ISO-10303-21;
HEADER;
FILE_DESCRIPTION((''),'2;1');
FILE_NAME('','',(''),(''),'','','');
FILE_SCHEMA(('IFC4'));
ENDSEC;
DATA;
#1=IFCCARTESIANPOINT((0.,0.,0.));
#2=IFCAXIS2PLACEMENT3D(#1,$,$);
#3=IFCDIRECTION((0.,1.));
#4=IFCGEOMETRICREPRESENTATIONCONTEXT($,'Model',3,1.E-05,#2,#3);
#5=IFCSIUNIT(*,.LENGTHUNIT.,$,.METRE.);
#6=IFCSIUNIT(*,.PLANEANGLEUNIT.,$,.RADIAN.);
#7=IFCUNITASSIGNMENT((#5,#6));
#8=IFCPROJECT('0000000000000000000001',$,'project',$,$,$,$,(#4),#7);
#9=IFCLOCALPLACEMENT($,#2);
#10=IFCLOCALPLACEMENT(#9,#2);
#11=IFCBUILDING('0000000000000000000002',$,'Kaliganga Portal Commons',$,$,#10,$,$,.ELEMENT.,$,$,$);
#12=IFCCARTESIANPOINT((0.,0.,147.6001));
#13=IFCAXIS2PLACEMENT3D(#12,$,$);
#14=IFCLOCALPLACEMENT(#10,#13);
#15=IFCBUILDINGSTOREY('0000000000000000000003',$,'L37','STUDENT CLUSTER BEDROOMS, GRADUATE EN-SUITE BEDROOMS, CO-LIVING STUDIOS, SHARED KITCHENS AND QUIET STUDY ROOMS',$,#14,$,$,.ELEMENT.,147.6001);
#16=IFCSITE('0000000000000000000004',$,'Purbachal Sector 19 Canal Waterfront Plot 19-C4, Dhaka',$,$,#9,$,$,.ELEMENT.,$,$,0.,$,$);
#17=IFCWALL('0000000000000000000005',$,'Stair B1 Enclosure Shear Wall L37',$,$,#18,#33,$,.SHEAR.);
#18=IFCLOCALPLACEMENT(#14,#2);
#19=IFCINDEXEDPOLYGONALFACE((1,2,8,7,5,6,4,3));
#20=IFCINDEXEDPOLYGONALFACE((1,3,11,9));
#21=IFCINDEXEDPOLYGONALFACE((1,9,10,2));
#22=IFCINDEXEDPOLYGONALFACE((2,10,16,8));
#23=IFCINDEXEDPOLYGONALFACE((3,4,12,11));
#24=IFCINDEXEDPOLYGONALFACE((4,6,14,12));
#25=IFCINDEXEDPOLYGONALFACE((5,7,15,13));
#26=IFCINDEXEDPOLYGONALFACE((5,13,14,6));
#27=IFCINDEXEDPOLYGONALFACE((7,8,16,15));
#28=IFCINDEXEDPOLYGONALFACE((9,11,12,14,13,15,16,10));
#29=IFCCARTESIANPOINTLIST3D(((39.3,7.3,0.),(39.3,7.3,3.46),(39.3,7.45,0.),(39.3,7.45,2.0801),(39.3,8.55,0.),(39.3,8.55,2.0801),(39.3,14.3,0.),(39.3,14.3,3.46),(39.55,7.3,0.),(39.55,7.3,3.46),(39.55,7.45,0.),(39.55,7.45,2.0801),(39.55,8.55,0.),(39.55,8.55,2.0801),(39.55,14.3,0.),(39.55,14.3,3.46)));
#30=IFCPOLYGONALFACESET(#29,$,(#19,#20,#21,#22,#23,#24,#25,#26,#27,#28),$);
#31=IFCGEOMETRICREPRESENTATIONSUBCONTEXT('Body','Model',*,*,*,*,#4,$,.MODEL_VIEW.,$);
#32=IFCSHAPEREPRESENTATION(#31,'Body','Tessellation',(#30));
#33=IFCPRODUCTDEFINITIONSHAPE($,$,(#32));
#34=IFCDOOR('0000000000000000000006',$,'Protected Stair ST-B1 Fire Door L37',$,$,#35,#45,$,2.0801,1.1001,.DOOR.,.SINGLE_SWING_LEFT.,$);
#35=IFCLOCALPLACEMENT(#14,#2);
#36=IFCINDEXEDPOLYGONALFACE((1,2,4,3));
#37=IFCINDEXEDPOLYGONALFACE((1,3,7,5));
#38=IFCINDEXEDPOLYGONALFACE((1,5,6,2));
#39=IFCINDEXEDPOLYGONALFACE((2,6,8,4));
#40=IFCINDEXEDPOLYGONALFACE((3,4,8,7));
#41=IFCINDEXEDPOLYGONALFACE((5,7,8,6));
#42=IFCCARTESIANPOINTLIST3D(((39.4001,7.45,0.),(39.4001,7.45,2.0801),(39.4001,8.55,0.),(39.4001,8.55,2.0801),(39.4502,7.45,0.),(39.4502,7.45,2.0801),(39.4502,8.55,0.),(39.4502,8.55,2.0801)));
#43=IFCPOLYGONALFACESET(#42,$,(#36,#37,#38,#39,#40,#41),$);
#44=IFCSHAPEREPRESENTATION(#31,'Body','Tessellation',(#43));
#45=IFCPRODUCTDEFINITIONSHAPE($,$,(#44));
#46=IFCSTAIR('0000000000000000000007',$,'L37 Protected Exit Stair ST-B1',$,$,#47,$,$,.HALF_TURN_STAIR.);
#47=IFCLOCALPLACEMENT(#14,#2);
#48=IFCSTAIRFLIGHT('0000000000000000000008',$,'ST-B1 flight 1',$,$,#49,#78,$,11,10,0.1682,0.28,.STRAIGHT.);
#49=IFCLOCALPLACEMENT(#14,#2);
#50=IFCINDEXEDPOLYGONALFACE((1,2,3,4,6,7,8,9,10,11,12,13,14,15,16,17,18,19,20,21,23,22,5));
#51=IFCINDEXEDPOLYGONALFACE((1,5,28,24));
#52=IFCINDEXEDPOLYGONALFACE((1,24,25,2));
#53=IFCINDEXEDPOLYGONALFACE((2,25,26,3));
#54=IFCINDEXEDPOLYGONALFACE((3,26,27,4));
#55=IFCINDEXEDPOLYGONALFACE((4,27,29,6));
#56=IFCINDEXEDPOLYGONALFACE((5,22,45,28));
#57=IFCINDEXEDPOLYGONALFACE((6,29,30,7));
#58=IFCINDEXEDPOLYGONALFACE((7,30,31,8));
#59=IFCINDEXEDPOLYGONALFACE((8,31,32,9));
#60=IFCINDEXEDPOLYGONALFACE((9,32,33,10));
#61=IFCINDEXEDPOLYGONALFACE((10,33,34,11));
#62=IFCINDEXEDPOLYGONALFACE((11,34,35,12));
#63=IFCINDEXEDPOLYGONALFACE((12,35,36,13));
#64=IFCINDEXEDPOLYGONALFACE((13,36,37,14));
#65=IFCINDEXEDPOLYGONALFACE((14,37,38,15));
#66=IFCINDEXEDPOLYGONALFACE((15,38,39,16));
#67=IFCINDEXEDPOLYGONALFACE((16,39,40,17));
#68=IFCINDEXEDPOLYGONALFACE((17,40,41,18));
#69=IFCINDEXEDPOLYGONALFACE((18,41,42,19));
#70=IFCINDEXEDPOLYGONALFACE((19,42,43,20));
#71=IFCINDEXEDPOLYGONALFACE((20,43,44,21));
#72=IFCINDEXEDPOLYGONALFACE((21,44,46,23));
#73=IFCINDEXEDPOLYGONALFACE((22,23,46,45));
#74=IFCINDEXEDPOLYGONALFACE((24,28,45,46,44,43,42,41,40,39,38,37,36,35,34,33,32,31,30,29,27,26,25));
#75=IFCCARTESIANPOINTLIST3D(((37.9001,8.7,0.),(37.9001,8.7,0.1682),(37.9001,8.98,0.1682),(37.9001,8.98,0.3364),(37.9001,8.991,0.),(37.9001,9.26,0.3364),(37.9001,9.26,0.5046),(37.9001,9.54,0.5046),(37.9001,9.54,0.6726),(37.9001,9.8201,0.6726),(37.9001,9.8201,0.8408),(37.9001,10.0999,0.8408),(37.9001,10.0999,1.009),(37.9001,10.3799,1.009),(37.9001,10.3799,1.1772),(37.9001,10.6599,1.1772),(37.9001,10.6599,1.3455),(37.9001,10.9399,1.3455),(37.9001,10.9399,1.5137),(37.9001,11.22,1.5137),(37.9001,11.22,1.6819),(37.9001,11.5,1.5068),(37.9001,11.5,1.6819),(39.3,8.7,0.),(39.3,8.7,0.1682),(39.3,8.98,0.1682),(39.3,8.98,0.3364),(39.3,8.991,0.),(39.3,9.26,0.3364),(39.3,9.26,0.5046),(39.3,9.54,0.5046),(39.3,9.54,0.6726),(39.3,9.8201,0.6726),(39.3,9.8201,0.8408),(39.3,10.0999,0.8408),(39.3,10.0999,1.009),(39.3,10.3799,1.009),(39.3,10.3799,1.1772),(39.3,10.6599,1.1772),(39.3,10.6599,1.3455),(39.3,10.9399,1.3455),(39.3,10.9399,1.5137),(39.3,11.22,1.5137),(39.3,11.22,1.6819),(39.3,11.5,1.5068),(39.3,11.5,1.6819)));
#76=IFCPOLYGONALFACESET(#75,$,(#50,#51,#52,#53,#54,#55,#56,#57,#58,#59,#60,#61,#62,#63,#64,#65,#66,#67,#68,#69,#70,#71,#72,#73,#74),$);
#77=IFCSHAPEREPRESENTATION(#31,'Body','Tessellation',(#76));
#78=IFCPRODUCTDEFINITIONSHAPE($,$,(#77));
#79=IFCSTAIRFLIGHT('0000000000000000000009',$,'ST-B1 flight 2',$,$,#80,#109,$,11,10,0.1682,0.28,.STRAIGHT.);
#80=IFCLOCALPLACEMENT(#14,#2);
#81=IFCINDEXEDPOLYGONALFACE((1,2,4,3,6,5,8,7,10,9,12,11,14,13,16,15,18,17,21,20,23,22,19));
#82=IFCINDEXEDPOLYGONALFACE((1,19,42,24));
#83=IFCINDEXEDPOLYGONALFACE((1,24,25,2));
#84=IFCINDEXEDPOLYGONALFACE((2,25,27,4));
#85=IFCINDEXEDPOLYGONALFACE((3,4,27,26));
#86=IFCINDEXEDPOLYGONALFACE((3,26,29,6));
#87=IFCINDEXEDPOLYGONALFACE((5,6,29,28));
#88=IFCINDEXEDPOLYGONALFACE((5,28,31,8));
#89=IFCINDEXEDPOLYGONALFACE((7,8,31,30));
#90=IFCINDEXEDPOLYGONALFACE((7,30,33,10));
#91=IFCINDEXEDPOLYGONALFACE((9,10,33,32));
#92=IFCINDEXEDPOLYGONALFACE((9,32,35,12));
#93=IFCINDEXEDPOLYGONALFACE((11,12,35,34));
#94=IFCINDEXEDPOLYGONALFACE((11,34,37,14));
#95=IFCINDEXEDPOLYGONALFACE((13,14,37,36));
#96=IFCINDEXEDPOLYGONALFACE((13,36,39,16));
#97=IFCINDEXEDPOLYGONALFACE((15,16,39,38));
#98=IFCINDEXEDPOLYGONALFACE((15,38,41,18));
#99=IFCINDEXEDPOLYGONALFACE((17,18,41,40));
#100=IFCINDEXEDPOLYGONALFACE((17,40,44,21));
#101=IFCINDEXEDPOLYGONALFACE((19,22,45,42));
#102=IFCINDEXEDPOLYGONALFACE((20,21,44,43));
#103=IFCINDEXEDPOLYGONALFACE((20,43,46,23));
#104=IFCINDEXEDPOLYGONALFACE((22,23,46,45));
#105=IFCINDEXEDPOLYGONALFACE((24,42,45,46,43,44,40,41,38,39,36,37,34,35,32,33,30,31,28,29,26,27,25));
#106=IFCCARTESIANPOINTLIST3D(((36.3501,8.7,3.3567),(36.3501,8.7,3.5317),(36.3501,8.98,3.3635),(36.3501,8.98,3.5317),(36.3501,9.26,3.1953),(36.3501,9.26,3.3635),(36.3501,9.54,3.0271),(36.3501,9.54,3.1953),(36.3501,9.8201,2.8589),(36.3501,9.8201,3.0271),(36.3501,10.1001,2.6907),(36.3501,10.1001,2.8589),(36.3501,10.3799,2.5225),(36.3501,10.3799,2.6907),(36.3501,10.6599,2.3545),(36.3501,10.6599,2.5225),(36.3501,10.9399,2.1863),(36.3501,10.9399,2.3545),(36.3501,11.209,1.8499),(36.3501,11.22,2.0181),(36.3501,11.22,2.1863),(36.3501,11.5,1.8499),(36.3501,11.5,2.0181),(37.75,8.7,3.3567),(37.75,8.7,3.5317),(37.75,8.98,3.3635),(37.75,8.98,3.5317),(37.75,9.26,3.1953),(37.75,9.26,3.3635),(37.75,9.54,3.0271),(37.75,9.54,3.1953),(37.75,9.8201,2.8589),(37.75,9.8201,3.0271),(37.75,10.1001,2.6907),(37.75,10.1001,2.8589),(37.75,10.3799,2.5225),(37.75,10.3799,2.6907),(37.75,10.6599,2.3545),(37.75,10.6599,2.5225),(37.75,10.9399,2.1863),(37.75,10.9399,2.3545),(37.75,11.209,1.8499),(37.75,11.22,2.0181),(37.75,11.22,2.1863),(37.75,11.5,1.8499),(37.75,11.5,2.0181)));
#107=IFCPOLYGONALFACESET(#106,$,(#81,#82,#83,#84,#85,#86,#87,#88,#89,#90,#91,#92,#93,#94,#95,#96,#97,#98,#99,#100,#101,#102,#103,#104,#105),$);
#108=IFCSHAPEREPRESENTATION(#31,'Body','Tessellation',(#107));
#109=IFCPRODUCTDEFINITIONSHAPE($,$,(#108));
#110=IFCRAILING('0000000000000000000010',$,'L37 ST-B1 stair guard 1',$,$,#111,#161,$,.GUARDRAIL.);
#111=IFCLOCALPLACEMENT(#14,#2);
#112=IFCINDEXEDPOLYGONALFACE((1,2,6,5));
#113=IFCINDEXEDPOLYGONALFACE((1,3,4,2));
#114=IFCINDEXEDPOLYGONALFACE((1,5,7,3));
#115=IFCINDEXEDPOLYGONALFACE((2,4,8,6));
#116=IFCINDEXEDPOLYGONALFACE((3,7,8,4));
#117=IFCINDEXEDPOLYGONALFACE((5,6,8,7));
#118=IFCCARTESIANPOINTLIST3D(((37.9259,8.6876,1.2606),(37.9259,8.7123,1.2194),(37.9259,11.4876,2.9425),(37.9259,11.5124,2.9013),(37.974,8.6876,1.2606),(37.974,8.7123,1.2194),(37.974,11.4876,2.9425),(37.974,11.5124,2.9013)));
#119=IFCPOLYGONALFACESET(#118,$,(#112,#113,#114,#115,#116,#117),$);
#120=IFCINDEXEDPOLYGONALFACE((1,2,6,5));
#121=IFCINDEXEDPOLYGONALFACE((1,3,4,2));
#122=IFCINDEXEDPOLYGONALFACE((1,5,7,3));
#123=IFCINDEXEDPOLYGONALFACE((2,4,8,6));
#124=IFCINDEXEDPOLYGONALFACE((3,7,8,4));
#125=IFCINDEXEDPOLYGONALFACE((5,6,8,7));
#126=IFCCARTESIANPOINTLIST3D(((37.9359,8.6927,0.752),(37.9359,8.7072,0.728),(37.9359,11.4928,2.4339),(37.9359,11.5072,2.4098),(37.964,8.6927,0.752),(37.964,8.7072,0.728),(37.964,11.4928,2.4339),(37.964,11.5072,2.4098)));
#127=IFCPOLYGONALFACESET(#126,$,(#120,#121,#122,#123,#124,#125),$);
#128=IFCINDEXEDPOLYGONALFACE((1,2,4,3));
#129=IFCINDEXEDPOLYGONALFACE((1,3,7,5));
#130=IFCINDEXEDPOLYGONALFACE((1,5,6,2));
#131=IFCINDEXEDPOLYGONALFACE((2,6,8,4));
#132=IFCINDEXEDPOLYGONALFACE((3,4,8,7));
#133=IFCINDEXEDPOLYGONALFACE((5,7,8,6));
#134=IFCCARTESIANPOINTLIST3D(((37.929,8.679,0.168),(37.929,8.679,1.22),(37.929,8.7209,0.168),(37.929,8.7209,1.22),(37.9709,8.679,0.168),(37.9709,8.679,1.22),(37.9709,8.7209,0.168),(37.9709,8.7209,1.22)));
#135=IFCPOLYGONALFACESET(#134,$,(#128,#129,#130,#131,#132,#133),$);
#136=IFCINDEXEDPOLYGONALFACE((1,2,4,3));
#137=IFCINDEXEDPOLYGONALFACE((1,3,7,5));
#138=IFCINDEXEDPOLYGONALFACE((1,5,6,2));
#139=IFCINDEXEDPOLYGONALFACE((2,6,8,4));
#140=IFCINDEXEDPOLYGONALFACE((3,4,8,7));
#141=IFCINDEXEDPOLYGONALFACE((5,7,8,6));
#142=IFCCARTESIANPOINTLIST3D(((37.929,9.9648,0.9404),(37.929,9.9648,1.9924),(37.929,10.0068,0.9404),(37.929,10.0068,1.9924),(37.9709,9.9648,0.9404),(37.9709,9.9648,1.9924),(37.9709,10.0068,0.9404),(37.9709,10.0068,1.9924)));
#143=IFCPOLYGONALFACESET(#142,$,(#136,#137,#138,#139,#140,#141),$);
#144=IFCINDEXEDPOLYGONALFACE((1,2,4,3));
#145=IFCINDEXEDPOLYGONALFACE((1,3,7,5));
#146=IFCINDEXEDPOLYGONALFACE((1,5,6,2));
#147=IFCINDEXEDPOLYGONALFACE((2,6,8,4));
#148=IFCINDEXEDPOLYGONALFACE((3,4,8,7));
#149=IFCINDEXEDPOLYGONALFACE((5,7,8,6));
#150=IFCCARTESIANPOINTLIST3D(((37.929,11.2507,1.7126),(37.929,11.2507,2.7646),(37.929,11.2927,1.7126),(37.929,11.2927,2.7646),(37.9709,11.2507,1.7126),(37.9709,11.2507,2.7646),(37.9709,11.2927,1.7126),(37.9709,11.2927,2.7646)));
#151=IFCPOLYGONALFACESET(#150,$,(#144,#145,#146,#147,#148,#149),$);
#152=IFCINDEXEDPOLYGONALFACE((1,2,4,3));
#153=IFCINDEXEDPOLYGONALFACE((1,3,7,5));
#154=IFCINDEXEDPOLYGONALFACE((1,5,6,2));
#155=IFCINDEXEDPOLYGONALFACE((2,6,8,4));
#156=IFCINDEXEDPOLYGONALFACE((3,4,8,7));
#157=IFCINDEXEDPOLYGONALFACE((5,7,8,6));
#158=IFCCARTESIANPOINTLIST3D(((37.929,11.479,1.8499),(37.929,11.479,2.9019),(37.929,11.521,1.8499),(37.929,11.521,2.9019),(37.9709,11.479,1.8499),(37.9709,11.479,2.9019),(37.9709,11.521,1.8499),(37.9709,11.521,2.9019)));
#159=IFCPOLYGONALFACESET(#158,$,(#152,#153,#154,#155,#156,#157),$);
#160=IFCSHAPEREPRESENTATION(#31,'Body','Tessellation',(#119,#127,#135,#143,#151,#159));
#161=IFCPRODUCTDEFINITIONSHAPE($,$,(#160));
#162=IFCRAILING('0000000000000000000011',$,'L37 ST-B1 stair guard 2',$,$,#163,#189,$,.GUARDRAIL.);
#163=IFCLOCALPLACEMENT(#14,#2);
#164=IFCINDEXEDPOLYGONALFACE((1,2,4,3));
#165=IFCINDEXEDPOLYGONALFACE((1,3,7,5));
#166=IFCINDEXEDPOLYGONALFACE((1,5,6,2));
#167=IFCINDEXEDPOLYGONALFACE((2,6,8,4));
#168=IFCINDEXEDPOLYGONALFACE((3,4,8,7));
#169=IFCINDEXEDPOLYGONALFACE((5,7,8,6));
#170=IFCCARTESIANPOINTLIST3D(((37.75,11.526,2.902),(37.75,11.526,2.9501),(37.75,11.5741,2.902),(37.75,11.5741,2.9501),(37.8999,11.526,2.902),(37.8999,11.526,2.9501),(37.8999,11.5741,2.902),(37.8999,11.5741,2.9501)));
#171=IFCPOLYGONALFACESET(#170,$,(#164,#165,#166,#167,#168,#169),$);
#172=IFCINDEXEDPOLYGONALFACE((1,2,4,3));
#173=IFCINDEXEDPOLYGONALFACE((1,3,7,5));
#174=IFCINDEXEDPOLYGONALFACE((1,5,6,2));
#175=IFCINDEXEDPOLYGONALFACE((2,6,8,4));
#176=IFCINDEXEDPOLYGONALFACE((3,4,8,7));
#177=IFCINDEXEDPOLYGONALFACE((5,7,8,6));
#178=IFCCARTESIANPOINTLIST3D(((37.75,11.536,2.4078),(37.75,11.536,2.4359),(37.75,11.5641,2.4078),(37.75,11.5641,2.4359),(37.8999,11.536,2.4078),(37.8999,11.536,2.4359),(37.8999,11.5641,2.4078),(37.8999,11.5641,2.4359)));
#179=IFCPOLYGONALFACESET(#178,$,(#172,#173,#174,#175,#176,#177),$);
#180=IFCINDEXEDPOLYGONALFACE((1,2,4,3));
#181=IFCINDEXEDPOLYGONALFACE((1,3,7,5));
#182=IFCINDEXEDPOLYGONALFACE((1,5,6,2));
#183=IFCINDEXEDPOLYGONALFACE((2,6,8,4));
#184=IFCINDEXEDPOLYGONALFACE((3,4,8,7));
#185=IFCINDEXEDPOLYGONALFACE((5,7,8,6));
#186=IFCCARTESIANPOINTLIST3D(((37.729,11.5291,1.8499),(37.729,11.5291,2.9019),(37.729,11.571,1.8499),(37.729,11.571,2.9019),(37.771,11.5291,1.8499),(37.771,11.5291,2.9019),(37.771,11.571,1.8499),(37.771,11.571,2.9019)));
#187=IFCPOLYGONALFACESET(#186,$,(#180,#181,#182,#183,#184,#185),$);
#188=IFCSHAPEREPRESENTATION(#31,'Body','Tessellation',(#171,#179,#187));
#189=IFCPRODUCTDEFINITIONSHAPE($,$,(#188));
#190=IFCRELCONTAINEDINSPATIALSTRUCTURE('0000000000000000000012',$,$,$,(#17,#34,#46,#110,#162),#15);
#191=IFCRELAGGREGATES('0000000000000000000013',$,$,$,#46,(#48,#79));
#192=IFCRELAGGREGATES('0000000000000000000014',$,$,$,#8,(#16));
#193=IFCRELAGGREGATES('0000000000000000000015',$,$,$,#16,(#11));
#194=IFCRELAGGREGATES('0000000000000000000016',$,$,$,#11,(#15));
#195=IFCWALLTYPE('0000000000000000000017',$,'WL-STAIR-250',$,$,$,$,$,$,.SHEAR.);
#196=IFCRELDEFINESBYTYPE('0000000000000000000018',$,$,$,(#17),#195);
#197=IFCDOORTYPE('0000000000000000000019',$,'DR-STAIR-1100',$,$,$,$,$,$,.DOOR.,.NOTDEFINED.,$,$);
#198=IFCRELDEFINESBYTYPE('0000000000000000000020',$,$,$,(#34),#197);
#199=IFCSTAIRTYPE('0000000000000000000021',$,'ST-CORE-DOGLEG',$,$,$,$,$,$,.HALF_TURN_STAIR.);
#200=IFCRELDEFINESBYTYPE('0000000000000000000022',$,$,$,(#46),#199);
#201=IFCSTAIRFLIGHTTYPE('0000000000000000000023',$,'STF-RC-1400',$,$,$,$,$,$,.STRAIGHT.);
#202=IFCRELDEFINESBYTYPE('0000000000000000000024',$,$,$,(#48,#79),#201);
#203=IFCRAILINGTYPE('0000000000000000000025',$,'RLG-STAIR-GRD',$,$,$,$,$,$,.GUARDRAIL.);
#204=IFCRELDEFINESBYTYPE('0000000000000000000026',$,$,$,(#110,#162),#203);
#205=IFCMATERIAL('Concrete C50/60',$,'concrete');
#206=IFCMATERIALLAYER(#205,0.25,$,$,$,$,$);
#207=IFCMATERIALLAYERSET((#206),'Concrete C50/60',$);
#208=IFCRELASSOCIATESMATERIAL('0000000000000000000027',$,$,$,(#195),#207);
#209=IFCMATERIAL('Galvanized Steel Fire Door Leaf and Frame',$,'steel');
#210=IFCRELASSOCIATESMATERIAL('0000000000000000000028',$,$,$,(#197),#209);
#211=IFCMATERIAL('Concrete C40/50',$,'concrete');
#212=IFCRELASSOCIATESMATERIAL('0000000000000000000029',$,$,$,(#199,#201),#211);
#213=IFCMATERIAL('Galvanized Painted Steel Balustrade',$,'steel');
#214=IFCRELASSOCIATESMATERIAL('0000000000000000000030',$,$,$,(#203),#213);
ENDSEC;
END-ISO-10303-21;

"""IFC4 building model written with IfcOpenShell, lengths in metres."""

from ifc_helpers import new_model, si_unit, direction, frame, frame_2d, origin, origin_2d, place, context, subcontext, project, spatial, polyline, rectangle, outline, extrude, material, layer, layer_set, type_object, element, fill, aggregate, save


model = new_model("IFC4")

# Units and contexts
model_context = context("Model", 3, precision=1e-05, world=origin(), true_north=direction((0.0, 1.0)))
body_context = subcontext(model_context, "Body", "Model", "MODEL_VIEW")
ifc_project = project(units=[si_unit("LENGTHUNIT", "METRE"), si_unit("PLANEANGLEUNIT", "RADIAN")], contexts=[model_context])

# Site, building, storey
site_placement = place(None, origin())
site = spatial("IfcSite", under=ifc_project, at=site_placement, Name="Purbachal Sector 19 Canal Waterfront Plot 19-C4, Dhaka", CompositionType="ELEMENT", RefElevation=0.0)
building_placement = place(site_placement, origin())
building = spatial("IfcBuilding", under=site, at=building_placement, Name="Kaliganga Portal Commons", CompositionType="ELEMENT")
storey_placement = place(building_placement, frame((0.0, 0.0, 147.6001)))
storey = spatial("IfcBuildingStorey", under=building, at=storey_placement, Name="L37", Description="STUDENT CLUSTER BEDROOMS, GRADUATE EN-SUITE BEDROOMS, CO-LIVING STUDIOS, SHARED KITCHENS AND QUIET STUDY ROOMS", CompositionType="ELEMENT", Elevation=147.6001)

# Shared definitions
ifc_material_1 = material(Name="Concrete C50/60", Category="concrete")

# Wall, opening, door
ifc_layer_1 = layer(ifc_material_1, 0.25)
ifc_layer_set_1 = layer_set([ifc_layer_1], Name="Concrete C50/60")
wall_type_1 = type_object("IfcWallType", Name="WL-STAIR-250", PredefinedType="SHEAR", material=ifc_layer_set_1)
wall_1_placement = place(storey_placement, frame((39.425, 7.3, 0.0), z_axis=(0.0, 0.0, 1.0), x_axis=(0.0, 1.0, 0.0)))
wall_1 = element("IfcWall", 1, at=wall_1_placement, inside=storey, type_object=wall_type_1, Name="Stair B1 Enclosure Shear Wall L37", PredefinedType="SHEAR", context=body_context, shape_type="SweptSolid", body=[
    extrude(rectangle(XDim=7.0, YDim=0.25, at=frame_2d((3.5, 0.0))), origin(), (0.0, 0.0, 1.0), 3.46),
])
opening_1_placement = place(wall_1_placement, frame((0.1499, 0.0, 0.0)))
opening_1 = element("IfcOpeningElement", 2, at=opening_1_placement, cuts=wall_1, PredefinedType="OPENING", context=body_context, shape_type="SweptSolid", body=[
    extrude(rectangle(XDim=1.1001, YDim=2.0801, at=frame_2d((0.55, 1.04))), frame((0.0, 0.135, 0.0), z_axis=(0.0, -1.0, 0.0), x_axis=(1.0, 0.0, 0.0)), (0.0, 0.0, 1.0), 0.27),
])
ifc_material_2 = material(Name="Galvanized Steel Fire Door Leaf and Frame", Category="steel")
door_type_1 = type_object("IfcDoorType", Name="DR-STAIR-1100", OperationType="NOTDEFINED", PredefinedType="DOOR", material=ifc_material_2)
door_1_placement = place(opening_1_placement, origin())
door_1 = element("IfcDoor", 3, at=door_1_placement, inside=storey, type_object=door_type_1, Name="Protected Stair ST-B1 Fire Door L37", OperationType="SINGLE_SWING_LEFT", OverallHeight=2.0801, OverallWidth=1.1001, PredefinedType="DOOR", context=body_context, shape_type="SweptSolid", body=[
    extrude(rectangle(XDim=1.1001, YDim=2.0801, at=frame_2d((0.55, 1.04))), frame((0.0, 0.0249, 0.0), z_axis=(0.0, -1.0, 0.0), x_axis=(1.0, 0.0, 0.0)), (0.0, 0.0, 1.0), 0.05),
])
fill(opening_1, door_1)

# Stair, stair flights
ifc_material_3 = material(Name="Concrete C40/50", Category="concrete")
stair_type = type_object("IfcStairType", Name="ST-CORE-DOGLEG", PredefinedType="HALF_TURN_STAIR", material=ifc_material_3)
stair_placement = place(storey_placement, origin())
stair = element("IfcStair", 4, at=stair_placement, inside=storey, type_object=stair_type, Name="L37 Protected Exit Stair ST-B1", PredefinedType="HALF_TURN_STAIR")
stair_flight_type = type_object("IfcStairFlightType", Name="STF-RC-1400", PredefinedType="STRAIGHT", material=ifc_material_3)
stair_flight_1_placement = place(storey_placement, frame((38.6001, 8.7, 0.0), z_axis=(0.0, 0.0, 1.0), x_axis=(0.0, 1.0, 0.0)))
stair_flight_1 = element("IfcStairFlight", 5, at=stair_flight_1_placement, type_object=stair_flight_type, Name="ST-B1 flight 1", NumberOfRisers=11, NumberOfTreads=10, PredefinedType="STRAIGHT", RiserHeight=0.1682, TreadLength=0.28, context=body_context, shape_type="SweptSolid", body=[
    extrude(outline(polyline([(0.0, 0.0), (0.0, 0.1682), (0.28, 0.1682), (0.28, 0.3364), (0.5601, 0.3364), (0.5601, 0.5046), (0.8401, 0.5046), (0.8401, 0.6726), (1.1201, 0.6726), (1.1201, 0.8408), (1.3999, 0.8408), (1.3999, 1.009), (1.6799, 1.009), (1.6799, 1.1772), (1.96, 1.1772), (1.96, 1.3455), (2.24, 1.3455), (2.24, 1.5137), (2.52, 1.5137), (2.52, 1.6819), (2.8, 1.6819), (2.8, 1.8501), (2.8, 1.5068), (0.291, 0.0), (0.0, 0.0)])), frame((0.0, 0.7, 0.0), z_axis=(0.0, -1.0, 0.0), x_axis=(1.0, 0.0, 0.0)), (0.0, 0.0, 1.0), 1.3999),
])
stair_flight_2_placement = place(storey_placement, frame((37.05, 11.5, 1.8499), z_axis=(0.0, 0.0, 1.0), x_axis=(0.0, -1.0, 0.0)))
stair_flight_2 = element("IfcStairFlight", 6, at=stair_flight_2_placement, type_object=stair_flight_type, Name="ST-B1 flight 2", NumberOfRisers=11, NumberOfTreads=10, PredefinedType="STRAIGHT", RiserHeight=0.1682, TreadLength=0.28, context=body_context, shape_type="SweptSolid", body=[
    extrude(outline(polyline([(0.0, 0.0), (0.0, 0.1682), (0.28, 0.1682), (0.28, 0.3364), (0.5601, 0.3364), (0.5601, 0.5046), (0.8401, 0.5046), (0.8401, 0.6726), (1.1201, 0.6726), (1.1201, 0.8408), (1.3999, 0.8408), (1.3999, 1.009), (1.6799, 1.009), (1.6799, 1.1772), (1.96, 1.1772), (1.96, 1.3455), (2.24, 1.3455), (2.24, 1.5137), (2.52, 1.5137), (2.52, 1.6819), (2.8, 1.6819), (2.8, 1.8501), (2.8, 1.5068), (0.291, 0.0), (0.0, 0.0)])), frame((0.0, 0.7, 0.0), z_axis=(0.0, -1.0, 0.0), x_axis=(1.0, 0.0, 0.0)), (0.0, 0.0, 1.0), 1.3999),
])
aggregate(stair, [stair_flight_1, stair_flight_2])

# Railings
ifc_material_4 = material(Name="Galvanized Painted Steel Balustrade", Category="steel")
railing_type_1 = type_object("IfcRailingType", Name="RLG-STAIR-GRD", PredefinedType="GUARDRAIL", material=ifc_material_4)
railing_1_placement = place(storey_placement, frame((37.95, 8.7, 0.168)))
element("IfcRailing", 7, at=railing_1_placement, inside=storey, type_object=railing_type_1, Name="L37 ST-B1 stair guard 1", PredefinedType="GUARDRAIL", context=body_context, shape_type="SweptSolid", body=[
    extrude(rectangle(XDim=0.0481, YDim=0.0481, at=origin_2d()), frame((0.0, 0.0, 1.072), z_axis=(0.0, 0.857242, 0.514913), x_axis=(-1.0, 0.0, 0.0)), (0.0, 0.0, 1.0), 3.2664),
    extrude(rectangle(XDim=0.0281, YDim=0.0281, at=origin_2d()), frame((0.0, 0.0, 0.572), z_axis=(0.0, 0.857242, 0.514913), x_axis=(-1.0, 0.0, 0.0)), (0.0, 0.0, 1.0), 3.2664),
    extrude(rectangle(XDim=0.042, YDim=0.042, at=origin_2d()), origin(), (0.0, 0.0, 1.0), 1.052),
    extrude(rectangle(XDim=0.042, YDim=0.042, at=origin_2d()), frame((0.0, 1.2859, 0.7725)), (0.0, 0.0, 1.0), 1.052),
    extrude(rectangle(XDim=0.042, YDim=0.042, at=origin_2d()), frame((0.0, 2.5718, 1.5447)), (0.0, 0.0, 1.0), 1.052),
    extrude(rectangle(XDim=0.042, YDim=0.042, at=origin_2d()), frame((0.0, 2.8, 1.6819)), (0.0, 0.0, 1.0), 1.052),
])
railing_2_placement = place(storey_placement, frame((37.8999, 11.55, 1.8499)))
element("IfcRailing", 8, at=railing_2_placement, inside=storey, type_object=railing_type_1, Name="L37 ST-B1 stair guard 2", PredefinedType="GUARDRAIL", context=body_context, shape_type="SweptSolid", body=[
    extrude(rectangle(XDim=0.0481, YDim=0.0481, at=origin_2d()), frame((0.0, 0.0, 1.0762), z_axis=(-1.0, 0.0, 0.0), x_axis=(0.0, -1.0, 0.0)), (0.0, 0.0, 1.0), 0.1499),
    extrude(rectangle(XDim=0.0281, YDim=0.0281, at=origin_2d()), frame((0.0, 0.0, 0.572), z_axis=(-1.0, 0.0, 0.0), x_axis=(0.0, -1.0, 0.0)), (0.0, 0.0, 1.0), 0.1499),
    extrude(rectangle(XDim=0.042, YDim=0.042, at=origin_2d()), frame((-0.1499, 0.0, 0.0)), (0.0, 0.0, 1.0), 1.052),
])

save(model, "model.ifc")
